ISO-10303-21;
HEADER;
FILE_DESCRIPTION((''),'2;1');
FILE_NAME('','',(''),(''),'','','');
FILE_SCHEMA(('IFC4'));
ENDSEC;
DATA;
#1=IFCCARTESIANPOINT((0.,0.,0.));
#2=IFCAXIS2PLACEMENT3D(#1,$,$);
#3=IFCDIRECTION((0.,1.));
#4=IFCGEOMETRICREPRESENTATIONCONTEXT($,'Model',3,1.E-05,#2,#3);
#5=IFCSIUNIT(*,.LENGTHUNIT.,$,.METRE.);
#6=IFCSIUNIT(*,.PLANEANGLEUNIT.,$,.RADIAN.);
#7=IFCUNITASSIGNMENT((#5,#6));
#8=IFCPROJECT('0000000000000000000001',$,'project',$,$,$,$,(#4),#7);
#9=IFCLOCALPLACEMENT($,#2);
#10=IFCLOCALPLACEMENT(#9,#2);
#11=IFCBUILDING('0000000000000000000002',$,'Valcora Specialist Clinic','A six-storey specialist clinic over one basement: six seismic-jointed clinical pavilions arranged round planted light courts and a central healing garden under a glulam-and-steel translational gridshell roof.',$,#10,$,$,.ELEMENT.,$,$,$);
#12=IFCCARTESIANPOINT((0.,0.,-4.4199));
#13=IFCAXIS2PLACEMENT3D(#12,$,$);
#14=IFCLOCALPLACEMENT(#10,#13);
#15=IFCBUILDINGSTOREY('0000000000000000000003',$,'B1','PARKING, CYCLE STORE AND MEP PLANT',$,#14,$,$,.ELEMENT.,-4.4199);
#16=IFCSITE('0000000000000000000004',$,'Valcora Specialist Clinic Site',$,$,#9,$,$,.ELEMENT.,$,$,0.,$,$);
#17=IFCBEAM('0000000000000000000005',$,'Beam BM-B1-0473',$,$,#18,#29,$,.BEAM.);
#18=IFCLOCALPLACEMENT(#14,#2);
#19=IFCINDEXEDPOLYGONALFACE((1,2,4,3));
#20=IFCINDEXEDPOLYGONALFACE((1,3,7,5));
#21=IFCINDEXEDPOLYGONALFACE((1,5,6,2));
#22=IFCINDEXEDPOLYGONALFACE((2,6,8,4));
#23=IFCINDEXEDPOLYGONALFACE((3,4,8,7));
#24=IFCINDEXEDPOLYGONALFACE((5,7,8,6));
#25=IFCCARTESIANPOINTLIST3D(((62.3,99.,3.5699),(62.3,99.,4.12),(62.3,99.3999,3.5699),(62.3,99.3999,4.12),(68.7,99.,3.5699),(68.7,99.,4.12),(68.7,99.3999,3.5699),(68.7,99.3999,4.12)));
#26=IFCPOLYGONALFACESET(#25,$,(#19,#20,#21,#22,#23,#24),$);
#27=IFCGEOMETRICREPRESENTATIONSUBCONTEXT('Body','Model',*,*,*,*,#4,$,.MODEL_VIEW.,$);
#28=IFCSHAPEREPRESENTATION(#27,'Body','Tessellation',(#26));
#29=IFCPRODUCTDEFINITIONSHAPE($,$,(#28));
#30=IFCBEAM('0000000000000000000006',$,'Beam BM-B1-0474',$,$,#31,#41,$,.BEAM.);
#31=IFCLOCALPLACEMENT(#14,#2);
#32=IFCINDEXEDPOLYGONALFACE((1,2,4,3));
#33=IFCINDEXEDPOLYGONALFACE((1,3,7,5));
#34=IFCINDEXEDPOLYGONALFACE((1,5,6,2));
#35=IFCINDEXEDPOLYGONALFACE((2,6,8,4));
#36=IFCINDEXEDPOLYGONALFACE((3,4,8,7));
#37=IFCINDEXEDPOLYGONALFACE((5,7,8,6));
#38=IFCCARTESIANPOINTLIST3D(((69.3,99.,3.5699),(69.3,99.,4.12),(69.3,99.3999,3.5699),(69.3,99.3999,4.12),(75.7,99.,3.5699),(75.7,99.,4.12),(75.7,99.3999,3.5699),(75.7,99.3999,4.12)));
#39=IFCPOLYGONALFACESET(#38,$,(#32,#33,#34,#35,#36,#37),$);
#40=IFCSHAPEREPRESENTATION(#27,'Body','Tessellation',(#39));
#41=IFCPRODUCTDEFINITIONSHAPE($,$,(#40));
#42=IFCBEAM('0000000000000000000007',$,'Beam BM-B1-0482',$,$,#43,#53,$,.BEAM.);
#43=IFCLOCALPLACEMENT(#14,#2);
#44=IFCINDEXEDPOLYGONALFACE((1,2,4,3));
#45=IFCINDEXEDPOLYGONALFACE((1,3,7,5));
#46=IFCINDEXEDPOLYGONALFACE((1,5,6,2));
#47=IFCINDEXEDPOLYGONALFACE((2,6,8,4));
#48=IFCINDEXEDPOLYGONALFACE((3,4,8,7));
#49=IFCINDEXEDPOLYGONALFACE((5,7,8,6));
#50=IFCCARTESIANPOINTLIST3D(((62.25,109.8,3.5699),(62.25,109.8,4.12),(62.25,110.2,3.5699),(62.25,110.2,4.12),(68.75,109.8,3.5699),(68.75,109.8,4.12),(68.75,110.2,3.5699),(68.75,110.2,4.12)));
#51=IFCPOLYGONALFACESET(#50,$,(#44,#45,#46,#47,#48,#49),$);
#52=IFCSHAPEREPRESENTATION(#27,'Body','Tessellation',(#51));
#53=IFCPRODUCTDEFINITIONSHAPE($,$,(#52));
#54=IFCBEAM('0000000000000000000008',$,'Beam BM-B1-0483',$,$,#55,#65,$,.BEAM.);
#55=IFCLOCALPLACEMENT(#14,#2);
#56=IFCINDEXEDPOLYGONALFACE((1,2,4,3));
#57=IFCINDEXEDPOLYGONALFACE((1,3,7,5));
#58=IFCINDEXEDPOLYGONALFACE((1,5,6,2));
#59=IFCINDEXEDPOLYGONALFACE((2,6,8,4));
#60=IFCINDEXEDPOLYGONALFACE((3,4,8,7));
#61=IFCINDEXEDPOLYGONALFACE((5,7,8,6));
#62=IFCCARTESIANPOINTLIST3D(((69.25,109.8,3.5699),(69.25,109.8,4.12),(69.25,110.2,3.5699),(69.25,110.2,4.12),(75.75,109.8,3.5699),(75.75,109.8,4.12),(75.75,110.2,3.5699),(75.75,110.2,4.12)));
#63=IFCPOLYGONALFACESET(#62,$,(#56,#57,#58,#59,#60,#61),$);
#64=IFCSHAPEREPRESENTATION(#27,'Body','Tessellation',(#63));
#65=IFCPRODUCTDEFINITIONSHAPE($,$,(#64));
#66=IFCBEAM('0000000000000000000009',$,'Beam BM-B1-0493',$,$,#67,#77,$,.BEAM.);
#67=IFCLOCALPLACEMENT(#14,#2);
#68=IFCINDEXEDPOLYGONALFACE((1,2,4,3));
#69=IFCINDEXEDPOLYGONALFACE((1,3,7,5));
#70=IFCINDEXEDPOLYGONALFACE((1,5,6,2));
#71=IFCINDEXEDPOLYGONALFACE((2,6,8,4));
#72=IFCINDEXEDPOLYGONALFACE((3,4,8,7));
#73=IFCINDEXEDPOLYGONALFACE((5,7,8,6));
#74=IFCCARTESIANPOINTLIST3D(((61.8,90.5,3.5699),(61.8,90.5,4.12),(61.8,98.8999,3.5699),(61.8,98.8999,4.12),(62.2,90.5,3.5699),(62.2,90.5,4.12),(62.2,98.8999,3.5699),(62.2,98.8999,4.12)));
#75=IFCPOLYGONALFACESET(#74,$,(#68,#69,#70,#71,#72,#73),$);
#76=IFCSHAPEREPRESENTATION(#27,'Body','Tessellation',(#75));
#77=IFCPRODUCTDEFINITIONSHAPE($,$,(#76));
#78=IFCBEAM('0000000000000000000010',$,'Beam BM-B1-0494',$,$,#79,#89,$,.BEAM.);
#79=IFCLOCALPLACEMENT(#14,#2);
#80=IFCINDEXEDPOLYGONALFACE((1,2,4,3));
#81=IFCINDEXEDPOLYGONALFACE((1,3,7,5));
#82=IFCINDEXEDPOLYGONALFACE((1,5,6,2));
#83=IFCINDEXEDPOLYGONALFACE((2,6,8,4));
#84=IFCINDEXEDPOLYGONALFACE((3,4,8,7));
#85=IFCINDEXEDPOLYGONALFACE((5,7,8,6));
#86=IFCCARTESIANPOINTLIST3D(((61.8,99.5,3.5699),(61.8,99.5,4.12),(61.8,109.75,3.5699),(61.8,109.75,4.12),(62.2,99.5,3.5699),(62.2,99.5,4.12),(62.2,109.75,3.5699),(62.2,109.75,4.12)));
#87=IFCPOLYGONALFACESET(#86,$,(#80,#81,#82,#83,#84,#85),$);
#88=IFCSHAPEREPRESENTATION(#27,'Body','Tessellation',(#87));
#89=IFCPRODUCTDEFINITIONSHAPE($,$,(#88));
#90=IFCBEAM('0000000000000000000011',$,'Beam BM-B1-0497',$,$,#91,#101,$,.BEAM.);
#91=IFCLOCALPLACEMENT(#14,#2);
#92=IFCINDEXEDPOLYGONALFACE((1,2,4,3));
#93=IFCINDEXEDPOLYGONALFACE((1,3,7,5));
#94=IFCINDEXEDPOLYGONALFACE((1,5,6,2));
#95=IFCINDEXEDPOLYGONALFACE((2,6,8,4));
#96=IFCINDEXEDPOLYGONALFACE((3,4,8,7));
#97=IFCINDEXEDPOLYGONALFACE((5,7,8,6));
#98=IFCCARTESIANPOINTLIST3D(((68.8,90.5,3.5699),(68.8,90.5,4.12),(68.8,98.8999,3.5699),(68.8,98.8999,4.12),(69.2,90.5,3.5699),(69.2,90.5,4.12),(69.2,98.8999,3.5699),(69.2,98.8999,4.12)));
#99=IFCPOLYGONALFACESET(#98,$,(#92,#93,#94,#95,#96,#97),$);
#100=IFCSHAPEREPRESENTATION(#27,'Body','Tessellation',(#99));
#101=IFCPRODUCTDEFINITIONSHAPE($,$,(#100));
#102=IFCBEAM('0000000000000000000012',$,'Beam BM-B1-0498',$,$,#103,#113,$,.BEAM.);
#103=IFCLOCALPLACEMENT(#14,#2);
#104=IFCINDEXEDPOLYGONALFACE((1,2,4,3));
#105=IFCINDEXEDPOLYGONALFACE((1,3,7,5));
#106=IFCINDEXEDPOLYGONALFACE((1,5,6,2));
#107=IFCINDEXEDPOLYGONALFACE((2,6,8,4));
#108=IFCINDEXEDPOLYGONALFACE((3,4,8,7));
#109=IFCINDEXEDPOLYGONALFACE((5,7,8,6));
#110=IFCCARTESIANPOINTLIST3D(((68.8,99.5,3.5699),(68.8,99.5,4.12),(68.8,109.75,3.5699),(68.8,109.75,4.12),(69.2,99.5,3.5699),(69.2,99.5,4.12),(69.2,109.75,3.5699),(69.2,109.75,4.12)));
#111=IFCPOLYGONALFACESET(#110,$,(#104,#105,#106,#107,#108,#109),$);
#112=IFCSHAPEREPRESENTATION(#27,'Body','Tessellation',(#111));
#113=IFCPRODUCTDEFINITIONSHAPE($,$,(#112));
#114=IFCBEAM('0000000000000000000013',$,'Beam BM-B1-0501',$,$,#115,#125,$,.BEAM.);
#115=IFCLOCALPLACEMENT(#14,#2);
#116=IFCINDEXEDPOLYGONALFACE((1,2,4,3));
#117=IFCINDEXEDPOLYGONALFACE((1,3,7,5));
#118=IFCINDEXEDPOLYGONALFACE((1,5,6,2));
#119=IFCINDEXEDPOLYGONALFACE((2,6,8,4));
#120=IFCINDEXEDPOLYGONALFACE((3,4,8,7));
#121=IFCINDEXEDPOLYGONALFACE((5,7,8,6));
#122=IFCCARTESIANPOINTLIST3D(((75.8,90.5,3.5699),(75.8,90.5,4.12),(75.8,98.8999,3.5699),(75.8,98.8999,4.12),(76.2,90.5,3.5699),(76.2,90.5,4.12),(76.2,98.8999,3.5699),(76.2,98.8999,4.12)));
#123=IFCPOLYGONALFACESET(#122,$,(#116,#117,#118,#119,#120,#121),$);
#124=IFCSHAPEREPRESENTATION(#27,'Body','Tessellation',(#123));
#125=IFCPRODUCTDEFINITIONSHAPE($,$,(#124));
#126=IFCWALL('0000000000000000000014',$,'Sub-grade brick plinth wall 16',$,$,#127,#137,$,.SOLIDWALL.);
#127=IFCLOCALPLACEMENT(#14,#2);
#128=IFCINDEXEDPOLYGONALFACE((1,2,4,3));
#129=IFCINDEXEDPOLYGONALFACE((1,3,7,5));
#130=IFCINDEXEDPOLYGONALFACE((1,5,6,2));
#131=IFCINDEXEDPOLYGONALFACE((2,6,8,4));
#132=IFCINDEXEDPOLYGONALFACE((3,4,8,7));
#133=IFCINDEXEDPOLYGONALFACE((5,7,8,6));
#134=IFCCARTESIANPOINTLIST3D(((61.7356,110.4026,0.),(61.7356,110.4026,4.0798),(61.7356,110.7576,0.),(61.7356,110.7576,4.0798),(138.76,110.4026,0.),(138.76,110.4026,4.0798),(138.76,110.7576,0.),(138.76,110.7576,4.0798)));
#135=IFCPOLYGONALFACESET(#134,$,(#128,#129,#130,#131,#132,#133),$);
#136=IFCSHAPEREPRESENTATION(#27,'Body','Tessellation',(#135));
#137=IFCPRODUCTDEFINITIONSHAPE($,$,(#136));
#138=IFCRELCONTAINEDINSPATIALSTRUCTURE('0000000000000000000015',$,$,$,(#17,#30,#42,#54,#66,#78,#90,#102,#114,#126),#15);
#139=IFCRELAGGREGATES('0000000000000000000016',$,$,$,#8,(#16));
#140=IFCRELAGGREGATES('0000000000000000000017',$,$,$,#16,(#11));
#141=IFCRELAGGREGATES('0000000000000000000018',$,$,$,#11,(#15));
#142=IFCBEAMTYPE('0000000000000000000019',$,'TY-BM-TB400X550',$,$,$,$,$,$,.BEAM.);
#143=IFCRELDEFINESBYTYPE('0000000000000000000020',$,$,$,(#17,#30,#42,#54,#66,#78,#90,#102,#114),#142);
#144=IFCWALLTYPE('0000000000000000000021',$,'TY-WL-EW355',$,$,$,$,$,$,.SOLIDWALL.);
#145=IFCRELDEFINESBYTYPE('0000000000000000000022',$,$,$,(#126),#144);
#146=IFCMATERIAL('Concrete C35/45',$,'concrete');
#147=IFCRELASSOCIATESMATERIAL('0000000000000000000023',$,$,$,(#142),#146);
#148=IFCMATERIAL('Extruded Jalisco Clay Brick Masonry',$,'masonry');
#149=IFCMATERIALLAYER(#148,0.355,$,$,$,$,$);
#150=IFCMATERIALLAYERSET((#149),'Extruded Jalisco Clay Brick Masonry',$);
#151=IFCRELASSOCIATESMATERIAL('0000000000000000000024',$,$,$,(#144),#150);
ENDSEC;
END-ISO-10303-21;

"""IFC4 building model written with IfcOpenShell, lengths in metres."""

from ifc_helpers import new_model, si_unit, direction, frame, frame_2d, origin, origin_2d, place, context, subcontext, project, spatial, rectangle, extrude, material, layer, layer_set, material_profile, profile_set, type_object, element, save


model = new_model("IFC4")

# Units and contexts
model_context = context("Model", 3, precision=1e-05, world=origin(), true_north=direction((0.0, 1.0)))
body_context = subcontext(model_context, "Body", "Model", "MODEL_VIEW")
ifc_project = project(units=[si_unit("LENGTHUNIT", "METRE"), si_unit("PLANEANGLEUNIT", "RADIAN")], contexts=[model_context])

# Site, building, storey
site_placement = place(None, origin())
site = spatial("IfcSite", under=ifc_project, at=site_placement, Name="Valcora Specialist Clinic Site", CompositionType="ELEMENT", RefElevation=0.0)
building_placement = place(site_placement, origin())
building = spatial("IfcBuilding", under=site, at=building_placement, Name="Valcora Specialist Clinic", Description="A six-storey specialist clinic over one basement: six seismic-jointed clinical pavilions arranged round planted light courts and a central healing garden under a glulam-and-steel translational gridshell roof.", CompositionType="ELEMENT")
storey_placement = place(building_placement, frame((0.0, 0.0, -4.4199)))
storey = spatial("IfcBuildingStorey", under=building, at=storey_placement, Name="B1", Description="PARKING, CYCLE STORE AND MEP PLANT", CompositionType="ELEMENT", Elevation=-4.4199)

# Shared definitions
ifc_material_1 = material(Name="Concrete C35/45", Category="concrete")

# Beams
ifc_material_profile_1 = material_profile(ifc_material_1, rectangle(XDim=0.3999, YDim=0.55, at=origin_2d()), Name="RC-TB-400X550")
ifc_profile_set_1 = profile_set([ifc_material_profile_1], Name="Concrete C35/45")
beam_type = type_object("IfcBeamType", Name="TY-BM-TB400X550", PredefinedType="BEAM", material=ifc_profile_set_1)
for number, where, z_axis, x_axis, name in (
    (1, (62.3, 99.2, 3.845), (1.0, 0.0, 0.0), (0.0, 1.0, 0.0), "Beam BM-B1-0473"),
    (2, (69.3, 99.2, 3.845), (1.0, 0.0, 0.0), (0.0, 1.0, 0.0), "Beam BM-B1-0474"),
):
    element("IfcBeam", number, at=place(storey_placement, frame(where, z_axis=z_axis, x_axis=x_axis)), inside=storey, type_object=beam_type, Name=name, PredefinedType="BEAM", context=body_context, shape_type="SweptSolid", body=[
        extrude(rectangle(XDim=0.3999, YDim=0.55, at=origin_2d()), origin(), (0.0, 0.0, 1.0), 6.3999),
    ])
for number, where, z_axis, x_axis, name in (
    (3, (62.25, 110.0, 3.845), (1.0, 0.0, 0.0), (0.0, 1.0, 0.0), "Beam BM-B1-0482"),
    (4, (69.25, 110.0, 3.845), (1.0, 0.0, 0.0), (0.0, 1.0, 0.0), "Beam BM-B1-0483"),
):
    element("IfcBeam", number, at=place(storey_placement, frame(where, z_axis=z_axis, x_axis=x_axis)), inside=storey, type_object=beam_type, Name=name, PredefinedType="BEAM", context=body_context, shape_type="SweptSolid", body=[
        extrude(rectangle(XDim=0.3999, YDim=0.55, at=origin_2d()), origin(), (0.0, 0.0, 1.0), 6.5),
    ])
beam_1_placement = place(storey_placement, frame((62.0, 90.5, 3.845), z_axis=(0.0, 1.0, 0.0), x_axis=(-1.0, 0.0, 0.0)))
element("IfcBeam", 5, at=beam_1_placement, inside=storey, type_object=beam_type, Name="Beam BM-B1-0493", PredefinedType="BEAM", context=body_context, shape_type="SweptSolid", body=[
    extrude(rectangle(XDim=0.3999, YDim=0.55, at=origin_2d()), origin(), (0.0, 0.0, 1.0), 8.3999),
])
beam_2_placement = place(storey_placement, frame((62.0, 99.5, 3.845), z_axis=(0.0, 1.0, 0.0), x_axis=(-1.0, 0.0, 0.0)))
element("IfcBeam", 6, at=beam_2_placement, inside=storey, type_object=beam_type, Name="Beam BM-B1-0494", PredefinedType="BEAM", context=body_context, shape_type="SweptSolid", body=[
    extrude(rectangle(XDim=0.3999, YDim=0.55, at=origin_2d()), origin(), (0.0, 0.0, 1.0), 10.25),
])
beam_3_placement = place(storey_placement, frame((69.0, 90.5, 3.845), z_axis=(0.0, 1.0, 0.0), x_axis=(-1.0, 0.0, 0.0)))
element("IfcBeam", 7, at=beam_3_placement, inside=storey, type_object=beam_type, Name="Beam BM-B1-0497", PredefinedType="BEAM", context=body_context, shape_type="SweptSolid", body=[
    extrude(rectangle(XDim=0.3999, YDim=0.55, at=origin_2d()), origin(), (0.0, 0.0, 1.0), 8.3999),
])
beam_4_placement = place(storey_placement, frame((69.0, 99.5, 3.845), z_axis=(0.0, 1.0, 0.0), x_axis=(-1.0, 0.0, 0.0)))
element("IfcBeam", 8, at=beam_4_placement, inside=storey, type_object=beam_type, Name="Beam BM-B1-0498", PredefinedType="BEAM", context=body_context, shape_type="SweptSolid", body=[
    extrude(rectangle(XDim=0.3999, YDim=0.55, at=origin_2d()), origin(), (0.0, 0.0, 1.0), 10.25),
])
beam_5_placement = place(storey_placement, frame((76.0, 90.5, 3.845), z_axis=(0.0, 1.0, 0.0), x_axis=(-1.0, 0.0, 0.0)))
element("IfcBeam", 9, at=beam_5_placement, inside=storey, type_object=beam_type, Name="Beam BM-B1-0501", PredefinedType="BEAM", context=body_context, shape_type="SweptSolid", body=[
    extrude(rectangle(XDim=0.3999, YDim=0.55, at=origin_2d()), origin(), (0.0, 0.0, 1.0), 8.3999),
])

# Wall
ifc_material_2 = material(Name="Extruded Jalisco Clay Brick Masonry", Category="masonry")
ifc_layer = layer(ifc_material_2, 0.355)
ifc_layer_set = layer_set([ifc_layer], Name="Extruded Jalisco Clay Brick Masonry")
wall_type = type_object("IfcWallType", Name="TY-WL-EW355", PredefinedType="SOLIDWALL", material=ifc_layer_set)
wall_placement = place(storey_placement, frame((61.7356, 110.5801, 0.0), z_axis=(0.0, 0.0, 1.0), x_axis=(1.0, 0.0, 0.0)))
element("IfcWall", 10, at=wall_placement, inside=storey, type_object=wall_type, Name="Sub-grade brick plinth wall 16", PredefinedType="SOLIDWALL", context=body_context, shape_type="SweptSolid", body=[
    extrude(rectangle(XDim=77.0244, YDim=0.355, at=frame_2d((38.5122, 0.0))), origin(), (0.0, 0.0, 1.0), 4.0798),
])

save(model, "model.ifc")
